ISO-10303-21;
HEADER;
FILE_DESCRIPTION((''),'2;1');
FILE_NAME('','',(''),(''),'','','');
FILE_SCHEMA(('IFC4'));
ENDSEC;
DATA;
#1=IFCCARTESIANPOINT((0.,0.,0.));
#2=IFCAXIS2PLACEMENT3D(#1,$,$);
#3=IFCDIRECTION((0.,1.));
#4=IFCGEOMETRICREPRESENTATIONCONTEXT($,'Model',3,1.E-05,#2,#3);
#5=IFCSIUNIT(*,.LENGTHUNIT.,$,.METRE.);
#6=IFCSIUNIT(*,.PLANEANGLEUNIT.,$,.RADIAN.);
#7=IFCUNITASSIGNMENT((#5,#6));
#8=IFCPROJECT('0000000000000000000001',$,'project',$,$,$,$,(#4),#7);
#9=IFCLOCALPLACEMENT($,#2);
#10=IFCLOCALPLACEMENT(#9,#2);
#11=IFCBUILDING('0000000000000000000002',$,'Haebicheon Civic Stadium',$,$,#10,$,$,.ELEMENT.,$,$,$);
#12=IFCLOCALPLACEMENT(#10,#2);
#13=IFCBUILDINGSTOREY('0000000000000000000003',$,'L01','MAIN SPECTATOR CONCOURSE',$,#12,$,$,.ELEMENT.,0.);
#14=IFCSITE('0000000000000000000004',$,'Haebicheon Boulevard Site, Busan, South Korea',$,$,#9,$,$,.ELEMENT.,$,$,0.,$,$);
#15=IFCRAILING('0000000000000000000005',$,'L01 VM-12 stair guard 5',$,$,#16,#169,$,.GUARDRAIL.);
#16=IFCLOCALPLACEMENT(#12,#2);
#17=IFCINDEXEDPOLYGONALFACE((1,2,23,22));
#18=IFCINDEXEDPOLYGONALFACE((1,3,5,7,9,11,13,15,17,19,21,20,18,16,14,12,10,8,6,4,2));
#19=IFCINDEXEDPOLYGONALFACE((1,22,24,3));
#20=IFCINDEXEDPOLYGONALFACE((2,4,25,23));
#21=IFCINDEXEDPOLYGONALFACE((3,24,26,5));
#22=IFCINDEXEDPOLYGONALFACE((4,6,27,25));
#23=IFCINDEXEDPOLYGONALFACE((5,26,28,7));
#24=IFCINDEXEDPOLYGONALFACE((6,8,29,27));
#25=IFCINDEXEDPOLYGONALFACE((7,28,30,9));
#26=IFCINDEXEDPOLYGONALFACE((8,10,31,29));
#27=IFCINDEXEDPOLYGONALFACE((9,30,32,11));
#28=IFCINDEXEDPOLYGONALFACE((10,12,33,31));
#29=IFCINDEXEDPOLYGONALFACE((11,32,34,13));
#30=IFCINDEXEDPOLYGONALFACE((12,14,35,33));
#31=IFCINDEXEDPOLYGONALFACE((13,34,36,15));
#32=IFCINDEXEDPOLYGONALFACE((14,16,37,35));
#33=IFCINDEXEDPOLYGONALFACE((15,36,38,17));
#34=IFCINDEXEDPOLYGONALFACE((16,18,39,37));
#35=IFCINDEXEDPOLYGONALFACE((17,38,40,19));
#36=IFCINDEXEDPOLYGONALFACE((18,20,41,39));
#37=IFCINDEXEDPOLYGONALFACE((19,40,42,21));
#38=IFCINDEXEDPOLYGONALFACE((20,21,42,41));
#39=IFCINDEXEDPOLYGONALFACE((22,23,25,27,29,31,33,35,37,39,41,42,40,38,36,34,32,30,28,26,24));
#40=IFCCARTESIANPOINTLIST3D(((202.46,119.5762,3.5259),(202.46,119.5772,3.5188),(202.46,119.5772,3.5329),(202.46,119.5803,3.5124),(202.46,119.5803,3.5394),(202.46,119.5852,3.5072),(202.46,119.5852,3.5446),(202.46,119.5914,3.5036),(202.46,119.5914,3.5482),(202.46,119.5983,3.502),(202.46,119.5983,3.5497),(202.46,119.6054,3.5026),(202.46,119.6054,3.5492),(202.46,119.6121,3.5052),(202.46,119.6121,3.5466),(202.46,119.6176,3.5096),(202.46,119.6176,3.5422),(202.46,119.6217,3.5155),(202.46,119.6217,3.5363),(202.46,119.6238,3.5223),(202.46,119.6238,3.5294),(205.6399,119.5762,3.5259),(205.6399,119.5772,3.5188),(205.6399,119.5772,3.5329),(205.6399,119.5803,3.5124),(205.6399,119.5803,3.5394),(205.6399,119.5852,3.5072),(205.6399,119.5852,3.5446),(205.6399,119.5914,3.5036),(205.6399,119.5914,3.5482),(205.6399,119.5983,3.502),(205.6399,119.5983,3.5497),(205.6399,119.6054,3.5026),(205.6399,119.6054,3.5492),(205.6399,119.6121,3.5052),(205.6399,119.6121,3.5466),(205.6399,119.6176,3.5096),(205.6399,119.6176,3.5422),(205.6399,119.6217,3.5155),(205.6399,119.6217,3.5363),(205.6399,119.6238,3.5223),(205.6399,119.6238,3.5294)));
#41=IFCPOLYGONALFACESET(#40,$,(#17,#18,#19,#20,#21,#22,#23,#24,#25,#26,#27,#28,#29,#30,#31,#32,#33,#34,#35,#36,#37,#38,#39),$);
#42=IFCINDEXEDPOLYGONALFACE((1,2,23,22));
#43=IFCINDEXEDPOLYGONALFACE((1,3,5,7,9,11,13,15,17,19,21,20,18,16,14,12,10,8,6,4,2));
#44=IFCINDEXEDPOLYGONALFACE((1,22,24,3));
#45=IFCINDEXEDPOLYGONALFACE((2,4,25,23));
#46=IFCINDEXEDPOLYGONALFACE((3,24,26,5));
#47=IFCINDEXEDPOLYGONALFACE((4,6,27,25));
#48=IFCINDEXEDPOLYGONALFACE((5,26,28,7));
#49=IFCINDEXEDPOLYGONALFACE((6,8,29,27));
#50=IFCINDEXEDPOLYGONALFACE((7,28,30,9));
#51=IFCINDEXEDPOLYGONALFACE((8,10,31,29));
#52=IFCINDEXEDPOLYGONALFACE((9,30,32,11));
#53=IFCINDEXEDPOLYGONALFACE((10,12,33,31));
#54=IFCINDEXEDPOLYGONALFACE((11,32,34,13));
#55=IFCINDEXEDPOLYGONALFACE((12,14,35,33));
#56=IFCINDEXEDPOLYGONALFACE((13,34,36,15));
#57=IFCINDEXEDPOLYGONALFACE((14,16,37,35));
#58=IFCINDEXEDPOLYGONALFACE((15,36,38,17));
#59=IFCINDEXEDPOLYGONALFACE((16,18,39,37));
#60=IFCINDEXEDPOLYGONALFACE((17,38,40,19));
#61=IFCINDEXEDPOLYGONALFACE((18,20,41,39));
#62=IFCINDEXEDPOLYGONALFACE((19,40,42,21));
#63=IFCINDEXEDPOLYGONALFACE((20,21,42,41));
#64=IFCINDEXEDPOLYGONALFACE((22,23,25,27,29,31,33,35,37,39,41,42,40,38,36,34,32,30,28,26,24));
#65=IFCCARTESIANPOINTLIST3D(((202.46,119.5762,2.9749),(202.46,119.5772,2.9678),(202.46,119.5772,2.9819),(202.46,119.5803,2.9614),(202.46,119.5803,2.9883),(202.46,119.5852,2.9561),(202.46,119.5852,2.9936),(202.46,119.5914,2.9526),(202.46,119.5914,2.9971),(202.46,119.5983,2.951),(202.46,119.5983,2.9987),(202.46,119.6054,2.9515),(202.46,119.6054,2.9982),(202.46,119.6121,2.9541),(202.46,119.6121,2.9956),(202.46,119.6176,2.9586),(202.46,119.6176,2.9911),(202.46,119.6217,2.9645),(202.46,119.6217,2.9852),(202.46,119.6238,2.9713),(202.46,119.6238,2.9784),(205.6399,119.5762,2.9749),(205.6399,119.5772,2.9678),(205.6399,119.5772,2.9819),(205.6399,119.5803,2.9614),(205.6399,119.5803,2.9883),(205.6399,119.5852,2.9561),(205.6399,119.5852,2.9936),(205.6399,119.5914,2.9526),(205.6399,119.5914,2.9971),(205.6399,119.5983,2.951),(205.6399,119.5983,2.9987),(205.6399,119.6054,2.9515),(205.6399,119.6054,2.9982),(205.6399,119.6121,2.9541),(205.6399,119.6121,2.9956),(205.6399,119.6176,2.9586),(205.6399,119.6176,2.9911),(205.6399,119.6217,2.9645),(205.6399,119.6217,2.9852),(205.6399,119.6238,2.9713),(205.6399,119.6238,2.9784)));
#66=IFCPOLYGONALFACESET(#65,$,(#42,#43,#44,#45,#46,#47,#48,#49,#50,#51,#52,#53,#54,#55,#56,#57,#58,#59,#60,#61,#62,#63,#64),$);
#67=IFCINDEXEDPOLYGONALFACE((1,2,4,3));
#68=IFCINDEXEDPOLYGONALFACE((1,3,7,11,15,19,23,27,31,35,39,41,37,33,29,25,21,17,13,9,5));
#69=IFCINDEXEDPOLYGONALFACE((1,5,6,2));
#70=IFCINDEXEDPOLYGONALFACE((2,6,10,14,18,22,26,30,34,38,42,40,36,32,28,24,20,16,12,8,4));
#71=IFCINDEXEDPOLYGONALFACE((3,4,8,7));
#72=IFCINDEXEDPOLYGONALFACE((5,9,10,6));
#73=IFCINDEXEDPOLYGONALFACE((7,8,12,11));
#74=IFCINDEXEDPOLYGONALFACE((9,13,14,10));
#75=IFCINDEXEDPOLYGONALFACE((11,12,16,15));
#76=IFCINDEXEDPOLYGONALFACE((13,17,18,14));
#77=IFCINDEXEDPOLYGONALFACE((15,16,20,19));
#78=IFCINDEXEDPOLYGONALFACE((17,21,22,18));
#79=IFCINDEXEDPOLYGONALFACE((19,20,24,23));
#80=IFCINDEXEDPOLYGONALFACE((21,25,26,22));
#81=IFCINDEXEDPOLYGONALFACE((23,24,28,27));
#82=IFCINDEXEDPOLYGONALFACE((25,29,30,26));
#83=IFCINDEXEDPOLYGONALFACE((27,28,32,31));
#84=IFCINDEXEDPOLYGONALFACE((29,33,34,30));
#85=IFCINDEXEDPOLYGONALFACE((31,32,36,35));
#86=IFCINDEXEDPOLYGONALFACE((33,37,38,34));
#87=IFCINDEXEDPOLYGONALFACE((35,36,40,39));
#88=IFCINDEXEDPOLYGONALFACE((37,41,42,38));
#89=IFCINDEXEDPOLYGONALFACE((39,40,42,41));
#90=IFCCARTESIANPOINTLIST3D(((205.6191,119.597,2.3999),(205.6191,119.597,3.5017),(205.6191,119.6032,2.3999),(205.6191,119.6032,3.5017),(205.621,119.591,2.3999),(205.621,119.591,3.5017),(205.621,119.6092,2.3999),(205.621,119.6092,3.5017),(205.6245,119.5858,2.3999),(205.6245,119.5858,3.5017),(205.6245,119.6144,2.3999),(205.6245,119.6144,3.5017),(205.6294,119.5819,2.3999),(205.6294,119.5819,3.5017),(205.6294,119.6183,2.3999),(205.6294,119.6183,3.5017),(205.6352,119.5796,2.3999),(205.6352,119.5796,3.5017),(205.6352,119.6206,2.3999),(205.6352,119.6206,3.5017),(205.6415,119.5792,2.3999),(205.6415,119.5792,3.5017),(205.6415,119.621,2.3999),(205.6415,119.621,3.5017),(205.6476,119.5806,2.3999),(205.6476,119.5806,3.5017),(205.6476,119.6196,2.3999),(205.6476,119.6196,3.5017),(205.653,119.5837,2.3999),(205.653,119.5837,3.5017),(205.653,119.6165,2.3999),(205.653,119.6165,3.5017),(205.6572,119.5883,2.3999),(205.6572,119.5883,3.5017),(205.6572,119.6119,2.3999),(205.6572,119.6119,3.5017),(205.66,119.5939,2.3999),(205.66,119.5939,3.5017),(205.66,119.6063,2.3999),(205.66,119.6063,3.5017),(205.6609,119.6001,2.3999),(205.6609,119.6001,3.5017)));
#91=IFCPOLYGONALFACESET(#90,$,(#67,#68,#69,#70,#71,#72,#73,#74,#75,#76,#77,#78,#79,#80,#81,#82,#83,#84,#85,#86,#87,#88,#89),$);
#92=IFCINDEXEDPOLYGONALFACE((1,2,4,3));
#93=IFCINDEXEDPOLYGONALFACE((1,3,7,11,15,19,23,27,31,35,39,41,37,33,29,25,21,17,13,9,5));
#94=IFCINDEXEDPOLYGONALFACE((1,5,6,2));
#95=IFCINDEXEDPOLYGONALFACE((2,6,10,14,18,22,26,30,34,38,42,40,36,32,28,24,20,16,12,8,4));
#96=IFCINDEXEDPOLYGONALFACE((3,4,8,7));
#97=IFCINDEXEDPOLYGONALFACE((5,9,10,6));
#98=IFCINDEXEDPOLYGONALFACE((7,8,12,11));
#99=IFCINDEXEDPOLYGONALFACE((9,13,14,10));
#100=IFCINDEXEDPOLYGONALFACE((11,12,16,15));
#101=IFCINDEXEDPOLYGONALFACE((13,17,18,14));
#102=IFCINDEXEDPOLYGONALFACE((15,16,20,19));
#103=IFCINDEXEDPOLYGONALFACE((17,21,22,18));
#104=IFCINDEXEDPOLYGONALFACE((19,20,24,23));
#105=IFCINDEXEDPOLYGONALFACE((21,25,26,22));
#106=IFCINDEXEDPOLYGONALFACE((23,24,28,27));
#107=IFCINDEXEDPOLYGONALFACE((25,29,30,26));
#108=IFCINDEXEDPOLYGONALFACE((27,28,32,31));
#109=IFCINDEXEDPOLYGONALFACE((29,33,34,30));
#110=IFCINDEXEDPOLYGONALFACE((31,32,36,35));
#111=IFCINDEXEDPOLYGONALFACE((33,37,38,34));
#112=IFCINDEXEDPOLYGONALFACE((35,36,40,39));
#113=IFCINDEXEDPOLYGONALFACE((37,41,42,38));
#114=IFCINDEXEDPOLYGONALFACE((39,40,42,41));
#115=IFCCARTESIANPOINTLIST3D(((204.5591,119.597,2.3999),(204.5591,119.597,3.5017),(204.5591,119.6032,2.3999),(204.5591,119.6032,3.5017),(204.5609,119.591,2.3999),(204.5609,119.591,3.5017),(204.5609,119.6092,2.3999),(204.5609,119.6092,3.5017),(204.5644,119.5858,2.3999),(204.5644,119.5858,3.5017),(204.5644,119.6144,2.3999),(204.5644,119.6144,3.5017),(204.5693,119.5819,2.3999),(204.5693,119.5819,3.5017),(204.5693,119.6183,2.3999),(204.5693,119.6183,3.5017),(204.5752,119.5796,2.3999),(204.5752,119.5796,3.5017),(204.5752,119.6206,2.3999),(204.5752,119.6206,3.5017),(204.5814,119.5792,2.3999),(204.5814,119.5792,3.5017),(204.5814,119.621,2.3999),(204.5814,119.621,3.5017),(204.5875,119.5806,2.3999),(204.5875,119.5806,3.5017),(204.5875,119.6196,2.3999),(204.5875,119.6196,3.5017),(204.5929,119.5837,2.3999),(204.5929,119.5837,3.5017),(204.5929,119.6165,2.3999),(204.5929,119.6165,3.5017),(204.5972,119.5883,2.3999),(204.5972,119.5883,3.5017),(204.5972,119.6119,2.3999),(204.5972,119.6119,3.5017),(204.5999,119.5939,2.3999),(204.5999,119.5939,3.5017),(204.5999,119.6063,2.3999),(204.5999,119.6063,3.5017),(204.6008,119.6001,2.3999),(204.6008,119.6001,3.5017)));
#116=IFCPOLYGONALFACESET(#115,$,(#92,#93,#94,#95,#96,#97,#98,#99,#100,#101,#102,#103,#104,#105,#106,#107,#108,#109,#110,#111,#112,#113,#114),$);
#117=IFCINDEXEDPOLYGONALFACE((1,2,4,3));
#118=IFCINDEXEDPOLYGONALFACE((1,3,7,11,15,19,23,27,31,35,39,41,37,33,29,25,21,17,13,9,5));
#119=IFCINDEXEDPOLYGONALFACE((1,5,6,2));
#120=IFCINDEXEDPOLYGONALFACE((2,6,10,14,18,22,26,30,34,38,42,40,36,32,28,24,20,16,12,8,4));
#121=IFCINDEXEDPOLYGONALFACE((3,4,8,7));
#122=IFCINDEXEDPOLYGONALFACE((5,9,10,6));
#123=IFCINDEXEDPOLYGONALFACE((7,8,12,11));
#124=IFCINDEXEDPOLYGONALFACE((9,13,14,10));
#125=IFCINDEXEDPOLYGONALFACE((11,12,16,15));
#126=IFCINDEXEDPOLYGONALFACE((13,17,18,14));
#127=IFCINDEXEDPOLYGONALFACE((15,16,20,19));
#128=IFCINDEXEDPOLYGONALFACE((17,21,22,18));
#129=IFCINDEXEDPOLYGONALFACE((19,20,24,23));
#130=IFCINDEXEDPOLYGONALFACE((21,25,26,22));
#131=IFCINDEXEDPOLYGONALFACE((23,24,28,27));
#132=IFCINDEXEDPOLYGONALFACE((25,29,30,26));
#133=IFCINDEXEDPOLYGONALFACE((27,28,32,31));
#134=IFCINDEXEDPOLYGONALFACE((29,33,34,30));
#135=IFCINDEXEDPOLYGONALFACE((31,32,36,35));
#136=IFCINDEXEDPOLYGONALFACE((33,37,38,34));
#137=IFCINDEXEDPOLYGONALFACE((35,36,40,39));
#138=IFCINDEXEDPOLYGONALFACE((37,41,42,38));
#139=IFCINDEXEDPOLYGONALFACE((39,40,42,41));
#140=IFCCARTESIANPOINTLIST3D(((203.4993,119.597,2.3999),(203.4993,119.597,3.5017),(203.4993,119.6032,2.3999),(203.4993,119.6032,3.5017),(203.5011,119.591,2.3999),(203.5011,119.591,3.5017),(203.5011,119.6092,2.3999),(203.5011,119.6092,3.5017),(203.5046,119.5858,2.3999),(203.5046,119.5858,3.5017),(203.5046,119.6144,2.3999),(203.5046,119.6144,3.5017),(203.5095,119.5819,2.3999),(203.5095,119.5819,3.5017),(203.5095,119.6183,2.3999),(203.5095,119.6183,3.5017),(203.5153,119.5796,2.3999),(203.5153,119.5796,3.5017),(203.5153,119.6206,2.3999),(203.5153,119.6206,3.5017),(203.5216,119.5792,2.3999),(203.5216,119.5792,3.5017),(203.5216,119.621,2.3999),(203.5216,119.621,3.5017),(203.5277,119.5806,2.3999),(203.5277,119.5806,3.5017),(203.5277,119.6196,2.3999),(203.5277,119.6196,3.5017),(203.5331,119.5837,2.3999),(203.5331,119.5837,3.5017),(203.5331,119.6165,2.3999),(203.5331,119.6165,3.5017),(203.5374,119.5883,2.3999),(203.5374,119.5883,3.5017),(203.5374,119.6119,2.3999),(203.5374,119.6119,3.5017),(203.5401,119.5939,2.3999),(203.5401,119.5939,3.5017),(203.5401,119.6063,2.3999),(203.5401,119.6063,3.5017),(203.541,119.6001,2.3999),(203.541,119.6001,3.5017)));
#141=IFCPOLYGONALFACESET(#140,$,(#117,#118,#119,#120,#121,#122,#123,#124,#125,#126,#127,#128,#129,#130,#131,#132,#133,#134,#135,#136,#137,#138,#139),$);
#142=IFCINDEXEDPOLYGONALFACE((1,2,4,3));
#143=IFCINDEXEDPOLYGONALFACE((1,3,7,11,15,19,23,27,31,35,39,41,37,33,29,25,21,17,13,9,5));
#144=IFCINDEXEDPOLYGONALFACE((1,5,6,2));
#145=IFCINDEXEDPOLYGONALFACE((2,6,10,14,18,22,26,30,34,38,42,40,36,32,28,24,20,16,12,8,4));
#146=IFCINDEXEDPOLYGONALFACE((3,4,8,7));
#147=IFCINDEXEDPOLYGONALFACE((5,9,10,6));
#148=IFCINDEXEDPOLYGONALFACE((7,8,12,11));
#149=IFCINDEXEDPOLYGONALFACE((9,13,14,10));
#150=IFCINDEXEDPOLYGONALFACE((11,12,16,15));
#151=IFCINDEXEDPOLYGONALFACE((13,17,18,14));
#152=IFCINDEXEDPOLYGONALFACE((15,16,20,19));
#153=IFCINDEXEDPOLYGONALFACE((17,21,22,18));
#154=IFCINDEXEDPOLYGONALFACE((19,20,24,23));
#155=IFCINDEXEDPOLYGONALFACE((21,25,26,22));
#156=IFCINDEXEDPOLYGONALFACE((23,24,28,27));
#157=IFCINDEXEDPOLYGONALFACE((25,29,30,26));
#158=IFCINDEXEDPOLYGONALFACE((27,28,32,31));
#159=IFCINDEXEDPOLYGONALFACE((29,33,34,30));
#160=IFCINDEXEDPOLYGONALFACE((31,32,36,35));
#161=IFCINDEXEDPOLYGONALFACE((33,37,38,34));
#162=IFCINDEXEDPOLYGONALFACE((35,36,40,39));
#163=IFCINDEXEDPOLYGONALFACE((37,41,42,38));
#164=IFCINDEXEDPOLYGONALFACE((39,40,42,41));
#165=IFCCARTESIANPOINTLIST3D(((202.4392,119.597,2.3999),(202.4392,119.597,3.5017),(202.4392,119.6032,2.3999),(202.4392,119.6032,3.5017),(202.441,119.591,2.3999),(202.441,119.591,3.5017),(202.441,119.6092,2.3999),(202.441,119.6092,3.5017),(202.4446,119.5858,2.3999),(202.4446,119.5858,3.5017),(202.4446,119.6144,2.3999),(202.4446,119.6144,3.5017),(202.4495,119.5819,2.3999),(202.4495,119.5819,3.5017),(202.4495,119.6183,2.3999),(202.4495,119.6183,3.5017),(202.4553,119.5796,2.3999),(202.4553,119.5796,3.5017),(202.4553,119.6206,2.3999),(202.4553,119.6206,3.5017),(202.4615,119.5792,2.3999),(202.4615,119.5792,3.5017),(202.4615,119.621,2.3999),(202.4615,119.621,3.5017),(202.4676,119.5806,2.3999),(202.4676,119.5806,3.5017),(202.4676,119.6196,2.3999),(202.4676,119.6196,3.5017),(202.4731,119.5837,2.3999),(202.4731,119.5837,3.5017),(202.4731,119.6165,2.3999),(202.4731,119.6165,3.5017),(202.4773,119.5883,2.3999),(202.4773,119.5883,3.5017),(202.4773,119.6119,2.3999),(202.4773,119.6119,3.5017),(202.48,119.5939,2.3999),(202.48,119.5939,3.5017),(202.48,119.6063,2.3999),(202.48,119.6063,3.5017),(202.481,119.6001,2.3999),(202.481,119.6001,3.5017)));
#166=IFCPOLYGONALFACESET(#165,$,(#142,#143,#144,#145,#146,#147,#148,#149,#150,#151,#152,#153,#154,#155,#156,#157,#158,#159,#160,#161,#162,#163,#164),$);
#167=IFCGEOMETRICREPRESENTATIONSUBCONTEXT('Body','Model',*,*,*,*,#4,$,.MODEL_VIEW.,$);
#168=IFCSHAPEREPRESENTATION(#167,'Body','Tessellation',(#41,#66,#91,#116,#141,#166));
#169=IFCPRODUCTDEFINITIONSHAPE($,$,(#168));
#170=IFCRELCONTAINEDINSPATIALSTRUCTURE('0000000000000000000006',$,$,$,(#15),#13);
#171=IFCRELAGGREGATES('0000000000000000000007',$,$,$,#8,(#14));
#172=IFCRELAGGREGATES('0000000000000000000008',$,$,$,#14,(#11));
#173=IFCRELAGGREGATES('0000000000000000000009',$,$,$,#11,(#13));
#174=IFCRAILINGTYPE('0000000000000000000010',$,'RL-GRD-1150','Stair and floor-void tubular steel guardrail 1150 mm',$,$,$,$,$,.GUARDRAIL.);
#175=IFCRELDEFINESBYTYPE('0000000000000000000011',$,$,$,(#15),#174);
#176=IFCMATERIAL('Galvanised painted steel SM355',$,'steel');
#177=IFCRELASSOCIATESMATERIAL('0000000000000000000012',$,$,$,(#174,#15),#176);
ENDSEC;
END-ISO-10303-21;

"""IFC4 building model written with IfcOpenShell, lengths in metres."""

from ifc_helpers import new_model, si_unit, direction, frame, origin, origin_2d, place, context, subcontext, project, spatial, circle, extrude, material, type_object, element, save


model = new_model("IFC4")

# Units and contexts
model_context = context("Model", 3, precision=1e-05, world=origin(), true_north=direction((0.0, 1.0)))
body_context = subcontext(model_context, "Body", "Model", "MODEL_VIEW")
ifc_project = project(units=[si_unit("LENGTHUNIT", "METRE"), si_unit("PLANEANGLEUNIT", "RADIAN")], contexts=[model_context])

# Site, building, storey
site_placement = place(None, origin())
site = spatial("IfcSite", under=ifc_project, at=site_placement, Name="Haebicheon Boulevard Site, Busan, South Korea", CompositionType="ELEMENT", RefElevation=0.0)
building_placement = place(site_placement, origin())
building = spatial("IfcBuilding", under=site, at=building_placement, Name="Haebicheon Civic Stadium", CompositionType="ELEMENT")
storey_placement = place(building_placement, origin())
storey = spatial("IfcBuildingStorey", under=building, at=storey_placement, Name="L01", Description="MAIN SPECTATOR CONCOURSE", CompositionType="ELEMENT", Elevation=0.0)

# Railing
ifc_material_1 = material(Name="Galvanised painted steel SM355", Category="steel")
railing_type_1 = type_object("IfcRailingType", Name="RL-GRD-1150", Description="Stair and floor-void tubular steel guardrail 1150 mm", PredefinedType="GUARDRAIL", material=ifc_material_1)
railing_1_placement = place(storey_placement, frame((205.6399, 119.6001, 2.3999)))
element("IfcRailing", 1, at=railing_1_placement, inside=storey, type_object=railing_type_1, material=ifc_material_1, Name="L01 VM-12 stair guard 5", PredefinedType="GUARDRAIL", context=body_context, shape_type="SweptSolid", body=[
    extrude(circle(Radius=0.0239, at=origin_2d()), frame((0.0, 0.0, 1.126), z_axis=(-1.0, 0.0, 0.0), x_axis=(0.0, -1.0, 0.0)), (0.0, 0.0, 1.0), 3.1799),
    extrude(circle(Radius=0.0239, at=origin_2d()), frame((0.0, 0.0, 0.575), z_axis=(-1.0, 0.0, 0.0), x_axis=(0.0, -1.0, 0.0)), (0.0, 0.0, 1.0), 3.1799),
    extrude(circle(Radius=0.021, at=origin_2d()), origin(), (0.0, 0.0, 1.0), 1.1018),
    extrude(circle(Radius=0.021, at=origin_2d()), frame((-1.0601, 0.0, 0.0)), (0.0, 0.0, 1.0), 1.1018),
    extrude(circle(Radius=0.021, at=origin_2d()), frame((-2.1199, 0.0, 0.0)), (0.0, 0.0, 1.0), 1.1018),
    extrude(circle(Radius=0.021, at=origin_2d()), frame((-3.1799, 0.0, 0.0)), (0.0, 0.0, 1.0), 1.1018),
])

save(model, "model.ifc")
